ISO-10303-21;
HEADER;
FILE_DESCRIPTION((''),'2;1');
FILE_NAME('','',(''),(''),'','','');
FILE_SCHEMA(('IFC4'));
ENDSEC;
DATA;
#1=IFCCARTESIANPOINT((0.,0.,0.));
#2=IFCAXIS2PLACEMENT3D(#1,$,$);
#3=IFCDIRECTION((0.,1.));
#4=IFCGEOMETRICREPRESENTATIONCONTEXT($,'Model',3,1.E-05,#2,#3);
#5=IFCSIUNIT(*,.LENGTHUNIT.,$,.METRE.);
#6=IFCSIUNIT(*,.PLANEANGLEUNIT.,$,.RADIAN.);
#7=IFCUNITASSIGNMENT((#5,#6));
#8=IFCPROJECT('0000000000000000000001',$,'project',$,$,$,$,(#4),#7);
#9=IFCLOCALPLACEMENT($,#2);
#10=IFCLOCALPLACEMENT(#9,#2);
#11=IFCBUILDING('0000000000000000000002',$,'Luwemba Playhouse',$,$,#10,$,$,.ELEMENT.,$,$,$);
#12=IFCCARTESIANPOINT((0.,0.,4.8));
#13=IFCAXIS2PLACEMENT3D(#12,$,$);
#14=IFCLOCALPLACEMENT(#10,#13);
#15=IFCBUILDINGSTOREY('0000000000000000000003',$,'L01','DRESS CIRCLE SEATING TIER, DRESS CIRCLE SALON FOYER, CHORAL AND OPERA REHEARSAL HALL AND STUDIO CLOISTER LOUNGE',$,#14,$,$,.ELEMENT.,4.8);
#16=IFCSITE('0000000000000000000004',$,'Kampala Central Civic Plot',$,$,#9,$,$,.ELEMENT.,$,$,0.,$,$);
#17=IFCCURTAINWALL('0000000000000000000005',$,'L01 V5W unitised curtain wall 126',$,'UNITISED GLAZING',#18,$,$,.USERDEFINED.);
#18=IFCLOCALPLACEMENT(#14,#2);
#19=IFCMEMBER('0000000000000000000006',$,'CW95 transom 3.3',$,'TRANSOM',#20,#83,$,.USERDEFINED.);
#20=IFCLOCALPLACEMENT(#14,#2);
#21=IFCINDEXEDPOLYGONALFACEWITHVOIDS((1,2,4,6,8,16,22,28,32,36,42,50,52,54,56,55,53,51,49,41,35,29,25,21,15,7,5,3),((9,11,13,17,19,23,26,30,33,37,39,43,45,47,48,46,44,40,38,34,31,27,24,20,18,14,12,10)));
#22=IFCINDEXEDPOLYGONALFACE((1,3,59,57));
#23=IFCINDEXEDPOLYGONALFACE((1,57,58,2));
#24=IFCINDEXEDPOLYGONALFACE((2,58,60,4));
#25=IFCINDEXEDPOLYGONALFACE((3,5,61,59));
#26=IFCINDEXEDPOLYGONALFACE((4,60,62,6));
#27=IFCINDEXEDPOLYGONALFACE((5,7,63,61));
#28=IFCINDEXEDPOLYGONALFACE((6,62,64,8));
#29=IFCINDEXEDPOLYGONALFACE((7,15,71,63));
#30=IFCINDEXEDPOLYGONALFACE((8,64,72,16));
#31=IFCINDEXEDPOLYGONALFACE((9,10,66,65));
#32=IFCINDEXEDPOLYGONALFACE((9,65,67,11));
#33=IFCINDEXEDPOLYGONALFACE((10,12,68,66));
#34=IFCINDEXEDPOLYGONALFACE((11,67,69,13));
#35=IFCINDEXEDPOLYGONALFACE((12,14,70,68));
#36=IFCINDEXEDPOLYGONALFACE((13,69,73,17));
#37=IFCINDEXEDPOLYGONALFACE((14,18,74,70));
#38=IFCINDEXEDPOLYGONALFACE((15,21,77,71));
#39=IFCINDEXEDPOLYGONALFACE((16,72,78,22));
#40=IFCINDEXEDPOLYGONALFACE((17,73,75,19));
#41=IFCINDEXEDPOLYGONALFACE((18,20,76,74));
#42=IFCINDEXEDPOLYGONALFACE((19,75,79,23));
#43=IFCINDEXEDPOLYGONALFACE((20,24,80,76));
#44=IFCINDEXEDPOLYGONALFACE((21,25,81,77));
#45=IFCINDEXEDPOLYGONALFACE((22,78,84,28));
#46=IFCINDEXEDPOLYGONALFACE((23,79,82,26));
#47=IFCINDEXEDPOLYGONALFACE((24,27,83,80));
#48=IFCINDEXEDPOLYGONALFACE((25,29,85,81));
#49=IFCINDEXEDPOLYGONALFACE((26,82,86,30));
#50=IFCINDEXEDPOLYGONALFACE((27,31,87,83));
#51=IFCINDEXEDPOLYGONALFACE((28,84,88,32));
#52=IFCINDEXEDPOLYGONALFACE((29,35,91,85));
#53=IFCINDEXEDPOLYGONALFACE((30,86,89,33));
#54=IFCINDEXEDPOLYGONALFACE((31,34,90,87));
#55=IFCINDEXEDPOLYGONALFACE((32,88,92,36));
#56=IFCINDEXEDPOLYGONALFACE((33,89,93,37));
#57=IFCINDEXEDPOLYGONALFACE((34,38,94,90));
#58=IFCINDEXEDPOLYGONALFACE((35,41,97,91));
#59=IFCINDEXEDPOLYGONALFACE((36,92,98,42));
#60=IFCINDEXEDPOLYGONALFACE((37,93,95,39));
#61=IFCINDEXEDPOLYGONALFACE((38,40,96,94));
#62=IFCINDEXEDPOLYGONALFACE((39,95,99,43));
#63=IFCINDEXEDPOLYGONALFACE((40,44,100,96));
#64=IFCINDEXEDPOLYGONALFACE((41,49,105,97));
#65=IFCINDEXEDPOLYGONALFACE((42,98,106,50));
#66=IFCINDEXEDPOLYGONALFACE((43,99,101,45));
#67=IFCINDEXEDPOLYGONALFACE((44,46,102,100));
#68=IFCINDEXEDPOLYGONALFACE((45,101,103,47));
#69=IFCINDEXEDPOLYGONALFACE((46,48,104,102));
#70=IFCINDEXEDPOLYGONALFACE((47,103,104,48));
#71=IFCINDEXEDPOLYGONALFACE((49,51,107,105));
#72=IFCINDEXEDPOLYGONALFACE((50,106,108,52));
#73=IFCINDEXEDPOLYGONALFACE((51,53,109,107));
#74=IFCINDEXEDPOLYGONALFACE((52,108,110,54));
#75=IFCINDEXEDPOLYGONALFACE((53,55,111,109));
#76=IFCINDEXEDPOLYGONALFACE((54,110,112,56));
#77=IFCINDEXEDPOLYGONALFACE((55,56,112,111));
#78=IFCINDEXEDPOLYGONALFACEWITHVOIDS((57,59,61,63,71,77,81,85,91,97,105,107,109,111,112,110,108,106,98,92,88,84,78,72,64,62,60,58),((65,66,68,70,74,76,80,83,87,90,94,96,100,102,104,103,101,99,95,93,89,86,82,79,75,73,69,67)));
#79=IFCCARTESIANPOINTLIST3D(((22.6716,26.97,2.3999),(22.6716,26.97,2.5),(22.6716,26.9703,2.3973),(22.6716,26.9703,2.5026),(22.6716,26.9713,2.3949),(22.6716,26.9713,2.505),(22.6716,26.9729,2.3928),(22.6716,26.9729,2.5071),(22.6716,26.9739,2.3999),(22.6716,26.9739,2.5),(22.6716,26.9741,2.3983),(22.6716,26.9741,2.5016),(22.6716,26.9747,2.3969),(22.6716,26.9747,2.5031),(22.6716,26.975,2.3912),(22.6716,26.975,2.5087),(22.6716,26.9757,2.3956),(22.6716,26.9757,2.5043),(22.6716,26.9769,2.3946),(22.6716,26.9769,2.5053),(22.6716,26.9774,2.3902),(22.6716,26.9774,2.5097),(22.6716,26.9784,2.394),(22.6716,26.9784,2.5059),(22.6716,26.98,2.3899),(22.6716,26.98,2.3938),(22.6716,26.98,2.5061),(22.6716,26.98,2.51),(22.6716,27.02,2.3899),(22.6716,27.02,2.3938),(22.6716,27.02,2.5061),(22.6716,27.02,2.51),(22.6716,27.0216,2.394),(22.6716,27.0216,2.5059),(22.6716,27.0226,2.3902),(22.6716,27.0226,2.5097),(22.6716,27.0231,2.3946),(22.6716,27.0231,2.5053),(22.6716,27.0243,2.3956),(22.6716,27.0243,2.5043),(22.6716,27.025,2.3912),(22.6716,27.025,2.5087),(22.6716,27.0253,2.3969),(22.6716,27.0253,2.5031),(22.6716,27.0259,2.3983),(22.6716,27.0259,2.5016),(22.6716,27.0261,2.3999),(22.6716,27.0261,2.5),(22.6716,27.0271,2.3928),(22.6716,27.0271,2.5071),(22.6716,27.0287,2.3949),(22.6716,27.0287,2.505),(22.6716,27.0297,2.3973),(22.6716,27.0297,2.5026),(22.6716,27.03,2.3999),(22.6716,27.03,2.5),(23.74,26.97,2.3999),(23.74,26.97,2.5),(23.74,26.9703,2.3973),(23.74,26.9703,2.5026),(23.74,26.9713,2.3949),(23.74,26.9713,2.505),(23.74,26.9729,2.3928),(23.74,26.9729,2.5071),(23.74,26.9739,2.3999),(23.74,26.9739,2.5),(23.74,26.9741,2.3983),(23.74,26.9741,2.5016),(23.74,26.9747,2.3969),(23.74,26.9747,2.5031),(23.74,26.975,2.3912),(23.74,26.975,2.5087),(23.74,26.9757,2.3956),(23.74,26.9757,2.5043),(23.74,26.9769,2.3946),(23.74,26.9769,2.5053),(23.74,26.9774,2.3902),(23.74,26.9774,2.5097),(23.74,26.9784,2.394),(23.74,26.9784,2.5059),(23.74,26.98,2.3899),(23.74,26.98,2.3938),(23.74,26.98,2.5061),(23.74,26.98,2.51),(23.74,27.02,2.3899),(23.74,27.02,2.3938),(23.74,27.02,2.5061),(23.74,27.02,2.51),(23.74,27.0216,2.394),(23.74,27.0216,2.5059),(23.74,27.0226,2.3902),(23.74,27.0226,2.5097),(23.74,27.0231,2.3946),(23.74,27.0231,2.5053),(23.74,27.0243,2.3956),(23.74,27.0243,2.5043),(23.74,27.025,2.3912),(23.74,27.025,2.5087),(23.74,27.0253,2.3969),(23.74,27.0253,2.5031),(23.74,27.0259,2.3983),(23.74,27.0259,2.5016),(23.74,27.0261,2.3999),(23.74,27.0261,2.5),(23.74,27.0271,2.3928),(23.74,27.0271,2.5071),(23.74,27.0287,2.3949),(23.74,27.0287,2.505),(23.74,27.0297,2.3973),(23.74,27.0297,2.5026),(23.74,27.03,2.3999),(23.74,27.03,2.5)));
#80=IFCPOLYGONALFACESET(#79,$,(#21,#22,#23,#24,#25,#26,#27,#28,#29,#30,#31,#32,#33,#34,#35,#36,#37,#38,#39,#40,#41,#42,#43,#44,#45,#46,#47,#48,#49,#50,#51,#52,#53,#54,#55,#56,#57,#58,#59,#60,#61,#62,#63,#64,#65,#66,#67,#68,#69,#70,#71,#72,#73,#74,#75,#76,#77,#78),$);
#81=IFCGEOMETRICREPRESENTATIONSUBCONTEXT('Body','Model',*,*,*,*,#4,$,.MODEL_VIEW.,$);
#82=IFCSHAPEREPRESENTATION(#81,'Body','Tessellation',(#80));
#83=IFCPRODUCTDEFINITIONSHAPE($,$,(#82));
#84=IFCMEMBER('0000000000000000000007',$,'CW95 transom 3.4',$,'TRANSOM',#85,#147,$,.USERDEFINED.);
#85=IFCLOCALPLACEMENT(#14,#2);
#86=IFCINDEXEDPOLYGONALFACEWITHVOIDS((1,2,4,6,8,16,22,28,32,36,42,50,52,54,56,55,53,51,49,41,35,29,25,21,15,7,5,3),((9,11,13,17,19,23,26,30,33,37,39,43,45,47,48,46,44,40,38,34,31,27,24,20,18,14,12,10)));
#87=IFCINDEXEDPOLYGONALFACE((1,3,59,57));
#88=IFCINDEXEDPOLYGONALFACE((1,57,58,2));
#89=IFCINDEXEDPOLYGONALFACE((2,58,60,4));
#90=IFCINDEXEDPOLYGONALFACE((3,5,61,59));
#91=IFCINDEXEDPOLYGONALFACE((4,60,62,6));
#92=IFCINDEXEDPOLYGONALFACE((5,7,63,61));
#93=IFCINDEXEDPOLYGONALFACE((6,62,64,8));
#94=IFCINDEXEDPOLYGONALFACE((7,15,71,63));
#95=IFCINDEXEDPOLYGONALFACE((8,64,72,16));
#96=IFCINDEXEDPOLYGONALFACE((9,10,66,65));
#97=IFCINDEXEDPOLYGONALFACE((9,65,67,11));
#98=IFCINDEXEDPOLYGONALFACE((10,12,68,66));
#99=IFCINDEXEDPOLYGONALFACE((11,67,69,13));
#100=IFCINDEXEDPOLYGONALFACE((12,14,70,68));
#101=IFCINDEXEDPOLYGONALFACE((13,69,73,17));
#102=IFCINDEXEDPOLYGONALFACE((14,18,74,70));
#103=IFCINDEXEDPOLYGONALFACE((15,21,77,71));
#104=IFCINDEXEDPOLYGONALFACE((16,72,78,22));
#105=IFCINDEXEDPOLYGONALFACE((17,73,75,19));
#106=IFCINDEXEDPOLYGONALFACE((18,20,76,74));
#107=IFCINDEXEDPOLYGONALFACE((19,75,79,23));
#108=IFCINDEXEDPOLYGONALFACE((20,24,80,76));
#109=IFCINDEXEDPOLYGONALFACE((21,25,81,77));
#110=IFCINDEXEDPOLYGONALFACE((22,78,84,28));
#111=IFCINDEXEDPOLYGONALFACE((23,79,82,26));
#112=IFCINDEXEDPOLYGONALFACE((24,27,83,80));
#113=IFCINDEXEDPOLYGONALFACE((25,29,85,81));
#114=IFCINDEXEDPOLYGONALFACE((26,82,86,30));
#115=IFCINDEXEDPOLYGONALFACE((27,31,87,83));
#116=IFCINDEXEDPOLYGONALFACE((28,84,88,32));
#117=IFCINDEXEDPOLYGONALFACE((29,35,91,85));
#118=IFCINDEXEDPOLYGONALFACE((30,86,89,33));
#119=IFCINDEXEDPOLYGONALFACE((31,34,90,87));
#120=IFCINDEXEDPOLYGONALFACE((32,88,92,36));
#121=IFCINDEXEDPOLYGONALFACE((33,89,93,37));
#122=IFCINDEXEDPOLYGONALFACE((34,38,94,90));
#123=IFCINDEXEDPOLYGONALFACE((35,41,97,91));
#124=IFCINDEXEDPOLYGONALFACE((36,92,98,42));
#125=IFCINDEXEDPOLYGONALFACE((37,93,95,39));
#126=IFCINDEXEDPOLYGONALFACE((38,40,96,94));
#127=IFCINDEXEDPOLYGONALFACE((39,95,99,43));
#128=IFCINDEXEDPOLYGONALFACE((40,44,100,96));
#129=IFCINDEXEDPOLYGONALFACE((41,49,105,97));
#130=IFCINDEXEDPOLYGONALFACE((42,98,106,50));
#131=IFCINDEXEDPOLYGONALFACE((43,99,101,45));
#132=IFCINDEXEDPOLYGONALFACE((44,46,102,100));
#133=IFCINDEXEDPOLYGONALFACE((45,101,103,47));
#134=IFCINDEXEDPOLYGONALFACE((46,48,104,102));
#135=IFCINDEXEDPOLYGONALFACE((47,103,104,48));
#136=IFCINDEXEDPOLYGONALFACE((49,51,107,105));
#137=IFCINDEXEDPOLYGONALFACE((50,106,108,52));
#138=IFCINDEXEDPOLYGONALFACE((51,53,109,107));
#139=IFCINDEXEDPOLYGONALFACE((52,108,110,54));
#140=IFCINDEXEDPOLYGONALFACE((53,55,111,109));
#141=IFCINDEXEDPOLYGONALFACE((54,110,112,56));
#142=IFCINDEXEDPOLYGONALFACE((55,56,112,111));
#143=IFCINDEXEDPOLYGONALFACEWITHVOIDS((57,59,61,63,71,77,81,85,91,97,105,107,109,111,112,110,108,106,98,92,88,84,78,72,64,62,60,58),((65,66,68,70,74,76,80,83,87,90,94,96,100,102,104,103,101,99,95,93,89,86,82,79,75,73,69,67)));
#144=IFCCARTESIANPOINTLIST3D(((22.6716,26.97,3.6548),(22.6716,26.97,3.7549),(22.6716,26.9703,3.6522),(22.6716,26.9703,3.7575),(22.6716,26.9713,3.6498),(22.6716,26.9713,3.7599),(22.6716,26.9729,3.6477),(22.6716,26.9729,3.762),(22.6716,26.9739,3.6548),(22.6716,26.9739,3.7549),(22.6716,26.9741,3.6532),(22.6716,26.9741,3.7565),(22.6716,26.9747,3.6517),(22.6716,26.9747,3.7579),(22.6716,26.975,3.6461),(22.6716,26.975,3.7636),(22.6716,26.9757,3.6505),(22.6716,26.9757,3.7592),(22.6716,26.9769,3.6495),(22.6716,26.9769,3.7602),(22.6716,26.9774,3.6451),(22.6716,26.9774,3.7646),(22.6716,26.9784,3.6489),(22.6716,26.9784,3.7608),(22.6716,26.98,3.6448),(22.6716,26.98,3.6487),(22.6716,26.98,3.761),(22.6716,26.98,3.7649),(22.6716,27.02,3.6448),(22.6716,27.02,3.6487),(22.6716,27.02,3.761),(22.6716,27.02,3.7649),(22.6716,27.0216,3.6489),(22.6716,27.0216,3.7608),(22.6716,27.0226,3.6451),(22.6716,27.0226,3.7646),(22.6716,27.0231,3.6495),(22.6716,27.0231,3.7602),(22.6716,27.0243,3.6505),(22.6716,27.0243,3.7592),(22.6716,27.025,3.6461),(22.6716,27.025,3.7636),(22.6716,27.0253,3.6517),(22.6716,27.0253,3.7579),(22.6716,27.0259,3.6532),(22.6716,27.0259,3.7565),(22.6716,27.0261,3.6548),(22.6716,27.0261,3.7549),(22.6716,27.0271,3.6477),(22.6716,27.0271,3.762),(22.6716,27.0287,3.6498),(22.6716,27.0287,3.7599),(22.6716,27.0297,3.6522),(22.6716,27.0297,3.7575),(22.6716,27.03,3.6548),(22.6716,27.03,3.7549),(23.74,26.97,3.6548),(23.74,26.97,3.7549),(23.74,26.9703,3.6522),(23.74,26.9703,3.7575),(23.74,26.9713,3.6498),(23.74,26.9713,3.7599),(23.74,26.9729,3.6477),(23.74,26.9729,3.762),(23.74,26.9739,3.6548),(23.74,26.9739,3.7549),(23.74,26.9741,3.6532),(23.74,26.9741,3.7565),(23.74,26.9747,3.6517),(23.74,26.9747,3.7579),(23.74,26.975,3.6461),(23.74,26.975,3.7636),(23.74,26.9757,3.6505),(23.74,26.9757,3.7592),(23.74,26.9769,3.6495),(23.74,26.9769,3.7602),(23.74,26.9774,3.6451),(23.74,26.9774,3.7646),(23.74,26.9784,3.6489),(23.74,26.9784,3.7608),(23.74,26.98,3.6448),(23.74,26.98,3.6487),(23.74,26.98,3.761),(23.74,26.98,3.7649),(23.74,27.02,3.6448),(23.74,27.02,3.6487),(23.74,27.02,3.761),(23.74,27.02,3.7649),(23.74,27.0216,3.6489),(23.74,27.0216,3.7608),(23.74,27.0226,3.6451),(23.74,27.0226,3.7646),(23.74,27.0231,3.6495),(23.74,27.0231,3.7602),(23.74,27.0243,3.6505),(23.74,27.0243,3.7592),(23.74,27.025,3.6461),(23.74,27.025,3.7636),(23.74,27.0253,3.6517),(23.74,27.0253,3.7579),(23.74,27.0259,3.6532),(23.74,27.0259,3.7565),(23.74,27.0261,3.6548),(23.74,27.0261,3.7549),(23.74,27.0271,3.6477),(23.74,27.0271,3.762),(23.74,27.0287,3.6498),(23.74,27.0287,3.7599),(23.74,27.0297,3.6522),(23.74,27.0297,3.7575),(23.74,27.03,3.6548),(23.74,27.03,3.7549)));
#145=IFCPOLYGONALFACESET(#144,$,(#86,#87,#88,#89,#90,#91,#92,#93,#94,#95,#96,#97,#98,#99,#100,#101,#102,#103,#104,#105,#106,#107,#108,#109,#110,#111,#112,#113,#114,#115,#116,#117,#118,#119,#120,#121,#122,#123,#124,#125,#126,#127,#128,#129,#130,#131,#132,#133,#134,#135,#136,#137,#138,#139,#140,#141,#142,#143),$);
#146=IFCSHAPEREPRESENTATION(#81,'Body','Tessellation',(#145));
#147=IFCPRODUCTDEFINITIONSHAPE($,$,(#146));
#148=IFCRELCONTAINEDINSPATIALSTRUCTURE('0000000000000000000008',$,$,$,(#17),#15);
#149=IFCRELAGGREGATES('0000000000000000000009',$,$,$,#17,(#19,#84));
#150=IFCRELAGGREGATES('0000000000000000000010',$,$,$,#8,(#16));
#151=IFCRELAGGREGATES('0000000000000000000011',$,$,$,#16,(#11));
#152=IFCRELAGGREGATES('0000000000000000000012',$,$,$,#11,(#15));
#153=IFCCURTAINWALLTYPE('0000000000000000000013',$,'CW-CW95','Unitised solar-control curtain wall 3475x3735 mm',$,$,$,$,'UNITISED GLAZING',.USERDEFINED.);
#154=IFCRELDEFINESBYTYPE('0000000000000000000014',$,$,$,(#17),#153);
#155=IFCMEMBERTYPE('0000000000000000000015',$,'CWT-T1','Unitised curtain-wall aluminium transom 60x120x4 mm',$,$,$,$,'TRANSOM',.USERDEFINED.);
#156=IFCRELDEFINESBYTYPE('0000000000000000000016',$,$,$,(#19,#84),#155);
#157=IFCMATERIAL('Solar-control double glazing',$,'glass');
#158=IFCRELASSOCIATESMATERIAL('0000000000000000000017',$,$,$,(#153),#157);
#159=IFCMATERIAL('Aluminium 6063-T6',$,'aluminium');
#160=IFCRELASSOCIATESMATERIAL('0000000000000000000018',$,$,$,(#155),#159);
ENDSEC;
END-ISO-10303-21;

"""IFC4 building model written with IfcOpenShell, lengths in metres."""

from ifc_helpers import new_model, si_unit, direction, frame, origin, origin_2d, place, context, subcontext, project, spatial, hollow_rectangle, extrude, material, material_profile, profile_set, type_object, element, aggregate, save


model = new_model("IFC4")

# Units and contexts
model_context = context("Model", 3, precision=1e-05, world=origin(), true_north=direction((0.0, 1.0)))
body_context = subcontext(model_context, "Body", "Model", "MODEL_VIEW")
ifc_project = project(units=[si_unit("LENGTHUNIT", "METRE"), si_unit("PLANEANGLEUNIT", "RADIAN")], contexts=[model_context])

# Site, building, storey
site_placement = place(None, origin())
site = spatial("IfcSite", under=ifc_project, at=site_placement, Name="Kampala Central Civic Plot", CompositionType="ELEMENT", RefElevation=0.0)
building_placement = place(site_placement, origin())
building = spatial("IfcBuilding", under=site, at=building_placement, Name="Luwemba Playhouse", CompositionType="ELEMENT")
storey_placement = place(building_placement, frame((0.0, 0.0, 4.8)))
storey = spatial("IfcBuildingStorey", under=building, at=storey_placement, Name="L01", Description="DRESS CIRCLE SEATING TIER, DRESS CIRCLE SALON FOYER, CHORAL AND OPERA REHEARSAL HALL AND STUDIO CLOISTER LOUNGE", CompositionType="ELEMENT", Elevation=4.8)

# Curtain wall
ifc_material_1 = material(Name="Solar-control double glazing", Category="glass")
curtain_wall_type_1 = type_object("IfcCurtainWallType", Name="CW-CW95", Description="Unitised solar-control curtain wall 3475x3735 mm", ElementType="UNITISED GLAZING", PredefinedType="USERDEFINED", material=ifc_material_1)
curtain_wall_1_placement = place(storey_placement, origin())
curtain_wall_1 = element("IfcCurtainWall", 1, at=curtain_wall_1_placement, inside=storey, type_object=curtain_wall_type_1, Name="L01 V5W unitised curtain wall 126", ObjectType="UNITISED GLAZING", PredefinedType="USERDEFINED")
ifc_material_2 = material(Name="Aluminium 6063-T6", Category="aluminium")

# Members
ifc_material_profile_1 = material_profile(ifc_material_2, hollow_rectangle(XDim=0.0601, YDim=0.1201, WallThickness=0.0039, InnerFilletRadius=0.0061, OuterFilletRadius=0.01, at=origin_2d()))
ifc_profile_set_1 = profile_set([ifc_material_profile_1], Name="Aluminium 6063-T6")
member_type_1 = type_object("IfcMemberType", Name="CWT-T1", Description="Unitised curtain-wall aluminium transom 60x120x4 mm", ElementType="TRANSOM", PredefinedType="USERDEFINED", material=ifc_profile_set_1)
member_1_placement = place(storey_placement, frame((22.6716, 27.0, 2.45), z_axis=(1.0, 0.0, 0.0), x_axis=(0.0, 1.0, 0.0)))
member_1 = element("IfcMember", 2, at=member_1_placement, type_object=member_type_1, Name="CW95 transom 3.3", ObjectType="TRANSOM", PredefinedType="USERDEFINED", context=body_context, shape_type="SweptSolid", body=[
    extrude(hollow_rectangle(XDim=0.0601, YDim=0.1201, WallThickness=0.0039, InnerFilletRadius=0.0061, OuterFilletRadius=0.01, at=origin_2d()), origin(), (0.0, 0.0, 1.0), 1.0684),
])
member_2_placement = place(storey_placement, frame((22.6716, 27.0, 3.7048), z_axis=(1.0, 0.0, 0.0), x_axis=(0.0, 1.0, 0.0)))
member_2 = element("IfcMember", 3, at=member_2_placement, type_object=member_type_1, Name="CW95 transom 3.4", ObjectType="TRANSOM", PredefinedType="USERDEFINED", context=body_context, shape_type="SweptSolid", body=[
    extrude(hollow_rectangle(XDim=0.0601, YDim=0.1201, WallThickness=0.0039, InnerFilletRadius=0.0061, OuterFilletRadius=0.01, at=origin_2d()), origin(), (0.0, 0.0, 1.0), 1.0684),
])

aggregate(curtain_wall_1, [member_1, member_2])

save(model, "model.ifc")
